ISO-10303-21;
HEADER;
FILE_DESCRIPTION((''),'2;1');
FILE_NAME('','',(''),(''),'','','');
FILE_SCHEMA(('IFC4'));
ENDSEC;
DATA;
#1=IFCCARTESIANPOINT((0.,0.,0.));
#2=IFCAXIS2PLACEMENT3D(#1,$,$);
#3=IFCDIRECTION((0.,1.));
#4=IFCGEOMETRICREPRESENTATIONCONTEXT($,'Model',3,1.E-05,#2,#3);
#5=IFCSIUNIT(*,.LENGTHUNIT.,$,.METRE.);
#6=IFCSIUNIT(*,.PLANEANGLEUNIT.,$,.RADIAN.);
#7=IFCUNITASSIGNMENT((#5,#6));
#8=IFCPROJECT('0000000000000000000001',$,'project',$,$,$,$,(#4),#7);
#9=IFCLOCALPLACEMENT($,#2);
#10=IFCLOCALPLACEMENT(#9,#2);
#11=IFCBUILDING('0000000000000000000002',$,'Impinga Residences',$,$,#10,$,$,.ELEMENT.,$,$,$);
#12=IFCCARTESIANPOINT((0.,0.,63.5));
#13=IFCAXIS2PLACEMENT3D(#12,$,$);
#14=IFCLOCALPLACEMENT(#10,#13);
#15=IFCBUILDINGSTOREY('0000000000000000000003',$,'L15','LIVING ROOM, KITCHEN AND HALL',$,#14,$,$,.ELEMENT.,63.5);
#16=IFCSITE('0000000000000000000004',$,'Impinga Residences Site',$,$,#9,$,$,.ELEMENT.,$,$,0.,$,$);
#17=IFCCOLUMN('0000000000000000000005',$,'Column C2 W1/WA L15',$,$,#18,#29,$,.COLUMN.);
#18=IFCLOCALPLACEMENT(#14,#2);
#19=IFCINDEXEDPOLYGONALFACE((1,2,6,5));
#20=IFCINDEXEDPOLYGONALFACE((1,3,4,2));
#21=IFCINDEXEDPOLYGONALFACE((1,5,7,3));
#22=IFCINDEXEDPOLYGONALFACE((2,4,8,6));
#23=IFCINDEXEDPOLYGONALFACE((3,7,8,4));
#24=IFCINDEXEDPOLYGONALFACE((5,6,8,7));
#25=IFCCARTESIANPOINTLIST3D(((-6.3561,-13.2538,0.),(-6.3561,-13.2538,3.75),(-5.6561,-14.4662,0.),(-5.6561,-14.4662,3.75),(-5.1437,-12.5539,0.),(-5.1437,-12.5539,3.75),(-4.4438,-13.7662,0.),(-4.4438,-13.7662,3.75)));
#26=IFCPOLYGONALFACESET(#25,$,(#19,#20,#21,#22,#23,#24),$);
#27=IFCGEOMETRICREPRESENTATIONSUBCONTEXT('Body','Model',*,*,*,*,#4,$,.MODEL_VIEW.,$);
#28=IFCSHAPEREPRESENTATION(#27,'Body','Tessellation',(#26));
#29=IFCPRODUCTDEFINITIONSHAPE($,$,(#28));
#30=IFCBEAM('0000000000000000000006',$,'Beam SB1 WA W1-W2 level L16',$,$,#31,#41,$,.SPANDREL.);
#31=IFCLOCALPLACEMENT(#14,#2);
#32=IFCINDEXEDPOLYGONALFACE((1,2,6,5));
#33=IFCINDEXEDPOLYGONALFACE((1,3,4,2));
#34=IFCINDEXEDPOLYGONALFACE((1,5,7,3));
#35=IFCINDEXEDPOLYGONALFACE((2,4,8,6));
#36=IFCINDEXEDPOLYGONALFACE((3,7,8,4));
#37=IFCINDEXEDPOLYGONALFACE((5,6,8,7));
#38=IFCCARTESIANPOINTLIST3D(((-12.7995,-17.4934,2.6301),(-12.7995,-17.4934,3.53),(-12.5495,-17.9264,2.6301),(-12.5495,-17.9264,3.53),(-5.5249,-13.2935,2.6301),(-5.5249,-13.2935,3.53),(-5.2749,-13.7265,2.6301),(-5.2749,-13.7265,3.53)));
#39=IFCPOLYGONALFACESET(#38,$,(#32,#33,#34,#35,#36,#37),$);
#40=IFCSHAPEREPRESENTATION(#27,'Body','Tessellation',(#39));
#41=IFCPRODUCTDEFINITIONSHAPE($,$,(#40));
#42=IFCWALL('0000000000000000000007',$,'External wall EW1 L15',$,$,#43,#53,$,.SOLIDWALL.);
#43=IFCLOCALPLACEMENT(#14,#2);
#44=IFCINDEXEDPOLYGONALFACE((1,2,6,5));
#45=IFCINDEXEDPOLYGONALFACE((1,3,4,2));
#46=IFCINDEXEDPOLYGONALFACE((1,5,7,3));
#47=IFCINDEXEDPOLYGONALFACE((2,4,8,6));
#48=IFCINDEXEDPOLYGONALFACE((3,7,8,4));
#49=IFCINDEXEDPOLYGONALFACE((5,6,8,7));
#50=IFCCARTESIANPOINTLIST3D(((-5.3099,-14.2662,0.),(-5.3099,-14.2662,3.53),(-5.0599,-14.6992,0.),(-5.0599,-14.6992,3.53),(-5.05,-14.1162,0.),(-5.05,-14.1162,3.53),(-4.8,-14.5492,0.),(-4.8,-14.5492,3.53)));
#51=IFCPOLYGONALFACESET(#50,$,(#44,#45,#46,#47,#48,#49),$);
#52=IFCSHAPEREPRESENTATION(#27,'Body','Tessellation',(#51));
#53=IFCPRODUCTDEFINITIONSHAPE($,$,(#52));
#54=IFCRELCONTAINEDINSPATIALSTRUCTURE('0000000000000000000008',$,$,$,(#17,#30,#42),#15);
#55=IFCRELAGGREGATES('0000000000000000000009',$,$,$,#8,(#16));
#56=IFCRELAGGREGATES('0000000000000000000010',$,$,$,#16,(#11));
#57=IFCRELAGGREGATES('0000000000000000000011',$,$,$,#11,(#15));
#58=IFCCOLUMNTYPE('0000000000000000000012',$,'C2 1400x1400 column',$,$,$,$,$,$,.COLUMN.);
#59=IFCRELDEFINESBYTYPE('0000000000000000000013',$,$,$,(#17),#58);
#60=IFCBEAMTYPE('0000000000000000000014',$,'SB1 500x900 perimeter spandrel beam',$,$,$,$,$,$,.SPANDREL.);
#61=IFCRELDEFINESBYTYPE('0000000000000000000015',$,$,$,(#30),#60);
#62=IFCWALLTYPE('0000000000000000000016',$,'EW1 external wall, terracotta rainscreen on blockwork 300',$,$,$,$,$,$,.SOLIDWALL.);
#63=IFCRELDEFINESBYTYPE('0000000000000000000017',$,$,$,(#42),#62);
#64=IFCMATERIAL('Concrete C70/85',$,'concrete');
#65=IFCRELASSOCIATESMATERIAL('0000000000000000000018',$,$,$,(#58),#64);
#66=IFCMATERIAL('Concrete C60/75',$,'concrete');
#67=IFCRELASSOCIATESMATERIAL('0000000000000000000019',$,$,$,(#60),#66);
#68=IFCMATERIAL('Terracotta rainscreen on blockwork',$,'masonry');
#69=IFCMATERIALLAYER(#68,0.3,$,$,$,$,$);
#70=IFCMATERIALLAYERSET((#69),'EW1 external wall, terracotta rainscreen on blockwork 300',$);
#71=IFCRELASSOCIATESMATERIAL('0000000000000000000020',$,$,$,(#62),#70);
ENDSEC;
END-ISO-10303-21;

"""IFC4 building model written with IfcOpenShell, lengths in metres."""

from ifc_helpers import new_model, si_unit, direction, frame, frame_2d, origin, origin_2d, place, context, subcontext, project, spatial, rectangle, extrude, material, layer, layer_set, material_profile, profile_set, type_object, element, save


model = new_model("IFC4")

# Units and contexts
model_context = context("Model", 3, precision=1e-05, world=origin(), true_north=direction((0.0, 1.0)))
body_context = subcontext(model_context, "Body", "Model", "MODEL_VIEW")
ifc_project = project(units=[si_unit("LENGTHUNIT", "METRE"), si_unit("PLANEANGLEUNIT", "RADIAN")], contexts=[model_context])

# Site, building, storey
site_placement = place(None, origin())
site = spatial("IfcSite", under=ifc_project, at=site_placement, Name="Impinga Residences Site", CompositionType="ELEMENT", RefElevation=0.0)
building_placement = place(site_placement, origin())
building = spatial("IfcBuilding", under=site, at=building_placement, Name="Impinga Residences", CompositionType="ELEMENT")
storey_placement = place(building_placement, frame((0.0, 0.0, 63.5)))
storey = spatial("IfcBuildingStorey", under=building, at=storey_placement, Name="L15", Description="LIVING ROOM, KITCHEN AND HALL", CompositionType="ELEMENT", Elevation=63.5)

# Column
ifc_material_1 = material(Name="Concrete C70/85", Category="concrete")
ifc_material_profile_1 = material_profile(ifc_material_1, rectangle(XDim=1.3999, YDim=1.3999, at=origin_2d()), Name="RC 1400x1400")
ifc_profile_set_1 = profile_set([ifc_material_profile_1], Name="Concrete C70/85")
column_type = type_object("IfcColumnType", Name="C2 1400x1400 column", PredefinedType="COLUMN", material=ifc_profile_set_1)
column_placement = place(storey_placement, frame((-5.3999, -13.51, 0.0), z_axis=(0.0, 0.0, 1.0), x_axis=(-0.5, 0.866025, 0.0)))
element("IfcColumn", 1, at=column_placement, inside=storey, type_object=column_type, Name="Column C2 W1/WA L15", PredefinedType="COLUMN", context=body_context, shape_type="SweptSolid", body=[
    extrude(rectangle(XDim=1.3999, YDim=1.3999, at=origin_2d()), origin(), (0.0, 0.0, 1.0), 3.75),
])

# Beam
ifc_material_2 = material(Name="Concrete C60/75", Category="concrete")
ifc_material_profile_2 = material_profile(ifc_material_2, rectangle(XDim=0.5, YDim=0.8999, at=origin_2d()), Name="RC 500x900")
ifc_profile_set_2 = profile_set([ifc_material_profile_2], Name="Concrete C60/75")
beam_type = type_object("IfcBeamType", Name="SB1 500x900 perimeter spandrel beam", PredefinedType="SPANDREL", material=ifc_profile_set_2)
beam_placement = place(storey_placement, frame((-5.3999, -13.51, 3.0801), z_axis=(-0.866029, -0.499993, 0.0), x_axis=(0.499993, -0.866029, 0.0)))
element("IfcBeam", 2, at=beam_placement, inside=storey, type_object=beam_type, Name="Beam SB1 WA W1-W2 level L16", PredefinedType="SPANDREL", context=body_context, shape_type="SweptSolid", body=[
    extrude(rectangle(XDim=0.5, YDim=0.8999, at=origin_2d()), origin(), (0.0, 0.0, 1.0), 8.3999),
])

# Wall
ifc_material_3 = material(Name="Terracotta rainscreen on blockwork", Category="masonry")
ifc_layer_1 = layer(ifc_material_3, 0.3)
ifc_layer_set_1 = layer_set([ifc_layer_1], Name="EW1 external wall, terracotta rainscreen on blockwork 300")
wall_type_1 = type_object("IfcWallType", Name="EW1 external wall, terracotta rainscreen on blockwork 300", PredefinedType="SOLIDWALL", material=ifc_layer_set_1)
wall_1_placement = place(storey_placement, frame((-5.1799, -14.1912, 0.0), z_axis=(0.0, 0.0, 1.0), x_axis=(0.49992, -0.866072, 0.0)))
element("IfcWall", 3, at=wall_1_placement, inside=storey, type_object=wall_type_1, Name="External wall EW1 L15", PredefinedType="SOLIDWALL", context=body_context, shape_type="SweptSolid", body=[
    extrude(rectangle(XDim=0.5, YDim=0.3, at=frame_2d((0.25, 0.0))), origin(), (0.0, 0.0, 1.0), 3.53),
])

save(model, "model.ifc")
